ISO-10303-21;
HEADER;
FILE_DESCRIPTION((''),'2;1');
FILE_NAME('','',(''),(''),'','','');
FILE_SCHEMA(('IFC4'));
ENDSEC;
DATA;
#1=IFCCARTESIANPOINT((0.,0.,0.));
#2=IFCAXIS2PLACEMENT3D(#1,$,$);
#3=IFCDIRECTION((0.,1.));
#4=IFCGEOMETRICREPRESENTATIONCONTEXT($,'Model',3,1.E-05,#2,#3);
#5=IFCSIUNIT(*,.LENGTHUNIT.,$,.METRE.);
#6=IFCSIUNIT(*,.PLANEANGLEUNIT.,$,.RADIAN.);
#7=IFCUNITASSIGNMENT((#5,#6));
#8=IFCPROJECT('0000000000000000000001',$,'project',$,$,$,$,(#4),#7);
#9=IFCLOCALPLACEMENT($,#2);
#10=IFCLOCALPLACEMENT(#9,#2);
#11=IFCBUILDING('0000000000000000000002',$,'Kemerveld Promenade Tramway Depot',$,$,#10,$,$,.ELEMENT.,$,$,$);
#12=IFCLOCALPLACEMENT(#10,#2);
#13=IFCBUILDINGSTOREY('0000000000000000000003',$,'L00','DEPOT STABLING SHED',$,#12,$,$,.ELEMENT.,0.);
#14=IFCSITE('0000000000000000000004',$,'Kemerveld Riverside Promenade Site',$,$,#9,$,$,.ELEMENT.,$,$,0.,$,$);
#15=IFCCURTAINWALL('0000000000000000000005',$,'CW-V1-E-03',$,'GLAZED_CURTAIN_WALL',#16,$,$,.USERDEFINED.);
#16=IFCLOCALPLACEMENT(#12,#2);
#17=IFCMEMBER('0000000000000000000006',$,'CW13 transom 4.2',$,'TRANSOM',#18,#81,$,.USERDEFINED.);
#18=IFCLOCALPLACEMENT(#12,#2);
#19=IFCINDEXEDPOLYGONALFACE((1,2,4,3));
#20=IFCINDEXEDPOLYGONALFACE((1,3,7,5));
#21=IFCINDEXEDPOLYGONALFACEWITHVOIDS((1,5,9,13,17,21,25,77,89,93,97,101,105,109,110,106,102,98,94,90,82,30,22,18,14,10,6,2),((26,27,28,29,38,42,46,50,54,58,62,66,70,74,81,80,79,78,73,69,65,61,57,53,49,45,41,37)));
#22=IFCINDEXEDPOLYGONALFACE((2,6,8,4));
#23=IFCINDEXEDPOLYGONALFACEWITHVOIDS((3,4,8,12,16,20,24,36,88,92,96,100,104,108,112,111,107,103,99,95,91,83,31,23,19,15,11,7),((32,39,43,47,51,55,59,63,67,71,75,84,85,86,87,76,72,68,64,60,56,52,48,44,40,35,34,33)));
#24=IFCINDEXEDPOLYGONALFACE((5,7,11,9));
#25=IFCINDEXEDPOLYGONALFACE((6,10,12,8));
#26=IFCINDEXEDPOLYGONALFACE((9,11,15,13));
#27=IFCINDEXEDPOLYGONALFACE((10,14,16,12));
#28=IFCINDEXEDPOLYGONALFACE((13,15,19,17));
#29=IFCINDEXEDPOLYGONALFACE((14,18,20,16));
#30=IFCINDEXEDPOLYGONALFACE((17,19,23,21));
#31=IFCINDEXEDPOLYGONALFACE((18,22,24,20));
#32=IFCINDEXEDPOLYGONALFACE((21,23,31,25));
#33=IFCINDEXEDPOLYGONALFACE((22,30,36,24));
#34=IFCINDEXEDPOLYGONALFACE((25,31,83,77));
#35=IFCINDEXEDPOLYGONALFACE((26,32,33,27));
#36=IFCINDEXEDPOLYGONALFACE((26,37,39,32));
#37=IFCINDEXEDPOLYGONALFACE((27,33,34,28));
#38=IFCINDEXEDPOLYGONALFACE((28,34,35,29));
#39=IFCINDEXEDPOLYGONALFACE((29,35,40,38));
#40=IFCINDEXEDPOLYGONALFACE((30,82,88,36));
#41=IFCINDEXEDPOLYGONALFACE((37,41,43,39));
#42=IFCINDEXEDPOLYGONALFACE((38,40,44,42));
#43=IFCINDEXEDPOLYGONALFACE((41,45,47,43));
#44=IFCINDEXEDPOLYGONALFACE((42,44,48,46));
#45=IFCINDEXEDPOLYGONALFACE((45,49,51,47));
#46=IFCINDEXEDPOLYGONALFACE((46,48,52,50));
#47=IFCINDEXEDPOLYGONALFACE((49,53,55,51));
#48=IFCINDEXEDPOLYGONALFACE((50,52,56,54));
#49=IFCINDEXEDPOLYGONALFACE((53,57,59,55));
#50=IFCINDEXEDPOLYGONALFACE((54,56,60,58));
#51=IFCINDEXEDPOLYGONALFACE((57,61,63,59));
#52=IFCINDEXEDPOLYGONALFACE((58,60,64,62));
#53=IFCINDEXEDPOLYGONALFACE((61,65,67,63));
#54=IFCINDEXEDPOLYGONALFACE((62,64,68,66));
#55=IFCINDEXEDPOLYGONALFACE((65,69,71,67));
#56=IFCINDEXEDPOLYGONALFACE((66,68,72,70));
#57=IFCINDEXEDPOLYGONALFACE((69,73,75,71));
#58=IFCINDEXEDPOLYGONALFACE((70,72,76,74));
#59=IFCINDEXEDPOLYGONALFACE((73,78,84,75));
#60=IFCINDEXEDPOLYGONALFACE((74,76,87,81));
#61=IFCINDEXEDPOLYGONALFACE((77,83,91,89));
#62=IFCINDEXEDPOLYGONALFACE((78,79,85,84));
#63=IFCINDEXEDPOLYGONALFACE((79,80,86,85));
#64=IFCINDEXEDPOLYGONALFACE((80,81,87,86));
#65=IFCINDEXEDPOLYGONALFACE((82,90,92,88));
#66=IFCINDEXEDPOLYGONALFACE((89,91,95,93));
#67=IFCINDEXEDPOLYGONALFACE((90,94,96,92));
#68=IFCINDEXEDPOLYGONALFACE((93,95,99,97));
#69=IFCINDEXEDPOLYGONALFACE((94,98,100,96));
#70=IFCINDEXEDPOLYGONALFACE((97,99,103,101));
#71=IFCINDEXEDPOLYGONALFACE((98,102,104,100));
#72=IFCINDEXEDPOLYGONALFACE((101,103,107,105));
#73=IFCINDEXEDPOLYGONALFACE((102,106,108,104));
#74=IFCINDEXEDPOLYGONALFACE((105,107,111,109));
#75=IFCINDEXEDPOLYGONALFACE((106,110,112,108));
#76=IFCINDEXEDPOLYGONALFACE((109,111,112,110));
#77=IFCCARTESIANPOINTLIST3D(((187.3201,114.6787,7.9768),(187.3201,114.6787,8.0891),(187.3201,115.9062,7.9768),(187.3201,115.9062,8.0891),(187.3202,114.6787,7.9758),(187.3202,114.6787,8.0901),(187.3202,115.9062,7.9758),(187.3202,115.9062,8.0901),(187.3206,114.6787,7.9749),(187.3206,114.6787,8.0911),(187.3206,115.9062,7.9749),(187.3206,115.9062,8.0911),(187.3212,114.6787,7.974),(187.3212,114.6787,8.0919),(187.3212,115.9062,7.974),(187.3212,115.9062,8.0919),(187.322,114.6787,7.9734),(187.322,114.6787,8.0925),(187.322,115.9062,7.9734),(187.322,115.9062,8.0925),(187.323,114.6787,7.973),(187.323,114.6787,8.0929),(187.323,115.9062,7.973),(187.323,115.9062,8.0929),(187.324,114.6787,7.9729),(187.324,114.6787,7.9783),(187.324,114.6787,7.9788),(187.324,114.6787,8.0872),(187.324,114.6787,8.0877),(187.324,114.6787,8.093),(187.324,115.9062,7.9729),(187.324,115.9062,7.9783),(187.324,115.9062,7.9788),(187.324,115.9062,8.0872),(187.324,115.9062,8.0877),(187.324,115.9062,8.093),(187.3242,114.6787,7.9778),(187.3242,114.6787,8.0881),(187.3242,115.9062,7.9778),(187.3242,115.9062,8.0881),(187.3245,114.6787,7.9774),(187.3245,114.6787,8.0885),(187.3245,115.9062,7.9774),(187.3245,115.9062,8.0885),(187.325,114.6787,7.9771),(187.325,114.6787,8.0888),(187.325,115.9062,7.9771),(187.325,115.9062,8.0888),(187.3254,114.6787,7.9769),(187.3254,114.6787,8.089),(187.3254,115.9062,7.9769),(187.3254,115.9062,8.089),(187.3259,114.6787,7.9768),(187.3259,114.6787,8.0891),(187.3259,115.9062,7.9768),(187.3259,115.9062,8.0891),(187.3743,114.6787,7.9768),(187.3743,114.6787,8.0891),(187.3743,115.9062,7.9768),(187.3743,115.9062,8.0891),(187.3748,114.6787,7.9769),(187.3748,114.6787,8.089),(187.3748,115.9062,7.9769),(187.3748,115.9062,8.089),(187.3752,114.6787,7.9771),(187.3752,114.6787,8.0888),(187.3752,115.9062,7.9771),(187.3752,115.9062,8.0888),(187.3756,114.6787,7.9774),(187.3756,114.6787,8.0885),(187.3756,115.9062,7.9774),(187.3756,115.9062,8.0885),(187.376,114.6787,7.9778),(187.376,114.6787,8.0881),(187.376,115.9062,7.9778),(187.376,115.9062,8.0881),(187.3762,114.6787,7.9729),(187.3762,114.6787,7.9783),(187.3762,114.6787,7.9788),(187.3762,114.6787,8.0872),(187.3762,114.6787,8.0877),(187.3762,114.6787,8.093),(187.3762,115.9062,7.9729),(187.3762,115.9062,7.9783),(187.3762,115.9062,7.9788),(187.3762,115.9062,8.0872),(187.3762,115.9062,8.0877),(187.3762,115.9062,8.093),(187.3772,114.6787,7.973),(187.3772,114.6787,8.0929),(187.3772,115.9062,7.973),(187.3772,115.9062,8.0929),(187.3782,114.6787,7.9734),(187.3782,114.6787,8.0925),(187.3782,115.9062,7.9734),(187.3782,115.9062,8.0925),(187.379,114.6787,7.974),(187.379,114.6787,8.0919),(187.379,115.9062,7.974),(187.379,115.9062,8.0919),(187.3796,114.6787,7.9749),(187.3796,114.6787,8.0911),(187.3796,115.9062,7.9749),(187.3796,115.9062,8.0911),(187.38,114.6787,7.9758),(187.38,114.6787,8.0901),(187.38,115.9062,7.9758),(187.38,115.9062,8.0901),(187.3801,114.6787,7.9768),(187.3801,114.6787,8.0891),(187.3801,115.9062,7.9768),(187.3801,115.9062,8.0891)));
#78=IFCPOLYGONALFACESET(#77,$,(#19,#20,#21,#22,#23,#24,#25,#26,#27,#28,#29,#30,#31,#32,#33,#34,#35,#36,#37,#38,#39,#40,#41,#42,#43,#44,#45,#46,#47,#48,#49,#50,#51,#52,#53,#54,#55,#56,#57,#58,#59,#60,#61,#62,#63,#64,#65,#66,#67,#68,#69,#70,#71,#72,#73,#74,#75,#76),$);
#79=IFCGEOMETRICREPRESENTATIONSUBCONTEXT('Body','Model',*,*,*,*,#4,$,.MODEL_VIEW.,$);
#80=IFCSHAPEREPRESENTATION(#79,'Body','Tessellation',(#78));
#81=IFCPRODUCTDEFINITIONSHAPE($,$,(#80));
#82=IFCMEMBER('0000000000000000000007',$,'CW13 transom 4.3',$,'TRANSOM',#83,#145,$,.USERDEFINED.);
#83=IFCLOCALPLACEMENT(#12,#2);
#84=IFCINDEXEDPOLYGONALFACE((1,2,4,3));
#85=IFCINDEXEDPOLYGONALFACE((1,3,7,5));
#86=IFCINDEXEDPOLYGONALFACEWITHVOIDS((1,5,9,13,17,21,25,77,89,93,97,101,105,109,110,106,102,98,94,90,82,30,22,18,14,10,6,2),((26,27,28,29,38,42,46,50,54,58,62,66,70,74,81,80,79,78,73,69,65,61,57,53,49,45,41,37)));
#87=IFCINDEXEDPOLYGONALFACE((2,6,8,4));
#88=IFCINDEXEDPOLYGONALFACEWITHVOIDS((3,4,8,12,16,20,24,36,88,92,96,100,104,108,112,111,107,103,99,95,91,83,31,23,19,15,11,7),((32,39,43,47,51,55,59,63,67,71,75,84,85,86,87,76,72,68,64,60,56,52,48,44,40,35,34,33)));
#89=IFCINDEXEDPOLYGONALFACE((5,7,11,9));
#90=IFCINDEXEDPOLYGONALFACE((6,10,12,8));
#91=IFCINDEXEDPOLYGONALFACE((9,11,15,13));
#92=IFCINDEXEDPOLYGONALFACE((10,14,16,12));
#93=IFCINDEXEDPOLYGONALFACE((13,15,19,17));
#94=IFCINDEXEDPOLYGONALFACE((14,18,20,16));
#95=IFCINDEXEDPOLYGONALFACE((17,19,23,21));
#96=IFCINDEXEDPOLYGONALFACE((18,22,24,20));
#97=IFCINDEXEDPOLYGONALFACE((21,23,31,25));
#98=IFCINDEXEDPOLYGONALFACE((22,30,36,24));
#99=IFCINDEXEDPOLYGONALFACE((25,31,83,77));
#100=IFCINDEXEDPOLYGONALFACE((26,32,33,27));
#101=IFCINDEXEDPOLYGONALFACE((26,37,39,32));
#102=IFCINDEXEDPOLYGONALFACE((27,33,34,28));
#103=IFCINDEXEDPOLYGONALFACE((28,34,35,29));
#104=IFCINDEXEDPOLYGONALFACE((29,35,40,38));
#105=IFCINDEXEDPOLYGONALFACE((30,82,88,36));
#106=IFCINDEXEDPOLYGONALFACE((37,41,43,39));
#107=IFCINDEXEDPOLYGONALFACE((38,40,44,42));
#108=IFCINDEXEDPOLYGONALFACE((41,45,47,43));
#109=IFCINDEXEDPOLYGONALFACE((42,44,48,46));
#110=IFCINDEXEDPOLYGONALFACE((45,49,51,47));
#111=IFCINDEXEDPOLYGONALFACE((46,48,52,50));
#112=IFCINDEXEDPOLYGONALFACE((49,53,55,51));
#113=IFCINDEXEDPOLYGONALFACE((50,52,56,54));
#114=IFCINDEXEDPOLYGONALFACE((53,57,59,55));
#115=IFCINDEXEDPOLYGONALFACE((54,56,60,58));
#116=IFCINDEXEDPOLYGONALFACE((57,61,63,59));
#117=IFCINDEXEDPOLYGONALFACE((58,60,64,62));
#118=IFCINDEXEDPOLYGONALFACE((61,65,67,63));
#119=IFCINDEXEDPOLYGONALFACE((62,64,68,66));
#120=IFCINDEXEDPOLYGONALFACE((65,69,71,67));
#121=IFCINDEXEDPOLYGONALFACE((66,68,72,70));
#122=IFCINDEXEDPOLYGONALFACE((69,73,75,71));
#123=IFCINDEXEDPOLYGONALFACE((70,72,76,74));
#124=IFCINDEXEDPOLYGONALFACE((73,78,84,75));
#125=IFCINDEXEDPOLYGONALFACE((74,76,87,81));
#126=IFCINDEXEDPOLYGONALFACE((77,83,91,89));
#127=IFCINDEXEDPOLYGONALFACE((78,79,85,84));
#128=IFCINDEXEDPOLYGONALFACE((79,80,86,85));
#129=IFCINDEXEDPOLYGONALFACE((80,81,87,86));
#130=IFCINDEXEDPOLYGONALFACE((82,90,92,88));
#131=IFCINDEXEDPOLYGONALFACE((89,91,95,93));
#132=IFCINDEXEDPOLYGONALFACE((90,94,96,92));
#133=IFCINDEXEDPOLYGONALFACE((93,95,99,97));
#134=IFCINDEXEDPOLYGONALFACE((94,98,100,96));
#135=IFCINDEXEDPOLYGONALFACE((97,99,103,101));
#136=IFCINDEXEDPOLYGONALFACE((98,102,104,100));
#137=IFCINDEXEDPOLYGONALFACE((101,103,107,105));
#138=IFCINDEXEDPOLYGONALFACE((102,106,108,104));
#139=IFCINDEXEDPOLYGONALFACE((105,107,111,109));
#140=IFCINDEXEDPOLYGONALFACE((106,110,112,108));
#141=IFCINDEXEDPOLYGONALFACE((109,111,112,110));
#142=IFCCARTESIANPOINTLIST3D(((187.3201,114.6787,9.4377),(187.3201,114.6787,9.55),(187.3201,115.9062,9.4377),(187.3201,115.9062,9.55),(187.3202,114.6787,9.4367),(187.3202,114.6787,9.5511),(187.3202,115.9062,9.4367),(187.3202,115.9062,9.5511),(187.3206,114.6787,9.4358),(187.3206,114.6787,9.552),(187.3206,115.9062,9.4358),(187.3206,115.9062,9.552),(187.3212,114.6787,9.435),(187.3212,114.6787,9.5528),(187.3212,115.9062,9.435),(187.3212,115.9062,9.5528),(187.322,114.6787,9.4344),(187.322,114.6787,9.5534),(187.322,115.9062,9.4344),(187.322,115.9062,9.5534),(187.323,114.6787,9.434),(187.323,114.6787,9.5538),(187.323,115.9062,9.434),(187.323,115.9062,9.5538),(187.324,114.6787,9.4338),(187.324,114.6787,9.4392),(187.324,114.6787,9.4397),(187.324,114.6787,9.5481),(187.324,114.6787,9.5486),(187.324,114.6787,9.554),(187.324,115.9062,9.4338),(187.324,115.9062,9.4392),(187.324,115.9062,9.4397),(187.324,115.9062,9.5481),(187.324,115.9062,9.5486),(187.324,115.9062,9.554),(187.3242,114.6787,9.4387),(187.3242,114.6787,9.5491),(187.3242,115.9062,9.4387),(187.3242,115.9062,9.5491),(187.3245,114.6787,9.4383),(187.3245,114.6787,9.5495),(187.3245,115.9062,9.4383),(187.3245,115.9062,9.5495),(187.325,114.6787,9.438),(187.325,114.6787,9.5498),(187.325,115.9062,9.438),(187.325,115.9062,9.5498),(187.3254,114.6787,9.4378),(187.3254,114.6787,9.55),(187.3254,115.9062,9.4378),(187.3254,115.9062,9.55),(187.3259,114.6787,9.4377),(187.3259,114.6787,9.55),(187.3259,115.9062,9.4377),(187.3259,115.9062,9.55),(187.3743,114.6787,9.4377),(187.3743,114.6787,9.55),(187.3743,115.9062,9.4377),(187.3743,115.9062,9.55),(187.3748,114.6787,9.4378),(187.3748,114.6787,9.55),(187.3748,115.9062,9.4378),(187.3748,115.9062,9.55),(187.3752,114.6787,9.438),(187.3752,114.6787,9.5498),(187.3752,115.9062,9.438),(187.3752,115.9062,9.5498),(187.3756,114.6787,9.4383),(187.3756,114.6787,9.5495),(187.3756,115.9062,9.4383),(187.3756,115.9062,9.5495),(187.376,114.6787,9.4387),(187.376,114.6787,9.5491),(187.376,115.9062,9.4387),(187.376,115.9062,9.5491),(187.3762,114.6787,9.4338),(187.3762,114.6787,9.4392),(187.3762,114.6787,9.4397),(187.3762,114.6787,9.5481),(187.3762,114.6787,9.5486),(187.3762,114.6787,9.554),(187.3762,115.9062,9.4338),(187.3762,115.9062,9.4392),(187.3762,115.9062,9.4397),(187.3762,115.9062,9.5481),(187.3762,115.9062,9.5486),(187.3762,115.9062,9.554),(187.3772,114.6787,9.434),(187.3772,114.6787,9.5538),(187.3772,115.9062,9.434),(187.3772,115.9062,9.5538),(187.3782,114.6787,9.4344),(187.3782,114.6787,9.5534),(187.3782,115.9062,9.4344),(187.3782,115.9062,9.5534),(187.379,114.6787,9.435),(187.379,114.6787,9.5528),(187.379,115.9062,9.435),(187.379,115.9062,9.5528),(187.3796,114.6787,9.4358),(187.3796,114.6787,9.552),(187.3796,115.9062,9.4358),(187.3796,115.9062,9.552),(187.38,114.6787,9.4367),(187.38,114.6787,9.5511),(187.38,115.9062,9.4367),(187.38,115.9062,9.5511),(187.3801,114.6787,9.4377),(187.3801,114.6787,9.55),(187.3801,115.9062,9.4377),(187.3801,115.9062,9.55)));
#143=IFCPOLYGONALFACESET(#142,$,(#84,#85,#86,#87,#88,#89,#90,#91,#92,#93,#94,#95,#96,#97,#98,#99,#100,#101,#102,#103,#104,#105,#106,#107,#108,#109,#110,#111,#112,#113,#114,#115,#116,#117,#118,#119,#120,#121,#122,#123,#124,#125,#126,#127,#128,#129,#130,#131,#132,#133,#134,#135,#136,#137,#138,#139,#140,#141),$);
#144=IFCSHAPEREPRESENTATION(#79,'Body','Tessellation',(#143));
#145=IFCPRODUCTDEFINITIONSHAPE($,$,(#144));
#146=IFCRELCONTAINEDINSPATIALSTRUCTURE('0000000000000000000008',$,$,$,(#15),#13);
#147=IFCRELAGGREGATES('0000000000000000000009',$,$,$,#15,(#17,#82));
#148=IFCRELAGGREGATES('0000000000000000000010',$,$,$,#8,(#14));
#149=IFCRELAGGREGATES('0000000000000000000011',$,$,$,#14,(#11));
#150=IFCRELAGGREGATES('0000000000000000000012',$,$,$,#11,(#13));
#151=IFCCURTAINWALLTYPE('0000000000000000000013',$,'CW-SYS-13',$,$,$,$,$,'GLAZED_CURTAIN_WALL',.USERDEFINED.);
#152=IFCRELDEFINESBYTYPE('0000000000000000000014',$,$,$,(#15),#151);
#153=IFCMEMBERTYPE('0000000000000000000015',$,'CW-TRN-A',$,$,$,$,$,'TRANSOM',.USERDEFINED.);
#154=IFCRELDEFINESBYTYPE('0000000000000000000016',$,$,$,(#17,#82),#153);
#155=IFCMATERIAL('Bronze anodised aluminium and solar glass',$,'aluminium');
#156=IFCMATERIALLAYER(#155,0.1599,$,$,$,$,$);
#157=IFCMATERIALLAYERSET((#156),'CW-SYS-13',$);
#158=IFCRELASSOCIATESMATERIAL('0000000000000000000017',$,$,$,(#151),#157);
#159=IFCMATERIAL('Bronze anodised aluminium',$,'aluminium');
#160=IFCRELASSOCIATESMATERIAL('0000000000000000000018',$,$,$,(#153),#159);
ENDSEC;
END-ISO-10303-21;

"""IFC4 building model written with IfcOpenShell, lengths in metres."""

from ifc_helpers import new_model, si_unit, direction, frame, origin, origin_2d, place, context, subcontext, project, spatial, hollow_rectangle, extrude, material, layer, layer_set, material_profile, profile_set, type_object, element, aggregate, save


model = new_model("IFC4")

# Units and contexts
model_context = context("Model", 3, precision=1e-05, world=origin(), true_north=direction((0.0, 1.0)))
body_context = subcontext(model_context, "Body", "Model", "MODEL_VIEW")
ifc_project = project(units=[si_unit("LENGTHUNIT", "METRE"), si_unit("PLANEANGLEUNIT", "RADIAN")], contexts=[model_context])

# Site, building, storey
site_placement = place(None, origin())
site = spatial("IfcSite", under=ifc_project, at=site_placement, Name="Kemerveld Riverside Promenade Site", CompositionType="ELEMENT", RefElevation=0.0)
building_placement = place(site_placement, origin())
building = spatial("IfcBuilding", under=site, at=building_placement, Name="Kemerveld Promenade Tramway Depot", CompositionType="ELEMENT")
storey_placement = place(building_placement, origin())
storey = spatial("IfcBuildingStorey", under=building, at=storey_placement, Name="L00", Description="DEPOT STABLING SHED", CompositionType="ELEMENT", Elevation=0.0)

# Curtain wall, members
ifc_material_1 = material(Name="Bronze anodised aluminium and solar glass", Category="aluminium")
ifc_layer_1 = layer(ifc_material_1, 0.1599)
ifc_layer_set_1 = layer_set([ifc_layer_1], Name="CW-SYS-13")
curtain_wall_type = type_object("IfcCurtainWallType", Name="CW-SYS-13", ElementType="GLAZED_CURTAIN_WALL", PredefinedType="USERDEFINED", material=ifc_layer_set_1)
curtain_wall_placement = place(storey_placement, origin())
curtain_wall = element("IfcCurtainWall", 1, at=curtain_wall_placement, inside=storey, type_object=curtain_wall_type, Name="CW-V1-E-03", ObjectType="GLAZED_CURTAIN_WALL", PredefinedType="USERDEFINED")
ifc_material_2 = material(Name="Bronze anodised aluminium", Category="aluminium")
ifc_material_profile_1 = material_profile(ifc_material_2, hollow_rectangle(XDim=0.0601, YDim=0.1201, WallThickness=0.0039, InnerFilletRadius=0.002, OuterFilletRadius=0.0039, at=origin_2d()), Name="CW-TRN-120x60")
ifc_profile_set_1 = profile_set([ifc_material_profile_1], Name="Bronze anodised aluminium")
member_type_1 = type_object("IfcMemberType", Name="CW-TRN-A", ElementType="TRANSOM", PredefinedType="USERDEFINED", material=ifc_profile_set_1)
member_1_placement = place(storey_placement, frame((187.3501, 115.9062, 8.033), z_axis=(0.0, -1.0, 0.0), x_axis=(1.0, 0.0, 0.0)))
member_1 = element("IfcMember", 2, at=member_1_placement, type_object=member_type_1, Name="CW13 transom 4.2", ObjectType="TRANSOM", PredefinedType="USERDEFINED", context=body_context, shape_type="SweptSolid", body=[
    extrude(hollow_rectangle(XDim=0.0601, YDim=0.1201, WallThickness=0.0039, InnerFilletRadius=0.002, OuterFilletRadius=0.0039, at=origin_2d()), origin(), (0.0, 0.0, 1.0), 1.2275),
])
member_2_placement = place(storey_placement, frame((187.3501, 115.9062, 9.4939), z_axis=(0.0, -1.0, 0.0), x_axis=(1.0, 0.0, 0.0)))
member_2 = element("IfcMember", 3, at=member_2_placement, type_object=member_type_1, Name="CW13 transom 4.3", ObjectType="TRANSOM", PredefinedType="USERDEFINED", context=body_context, shape_type="SweptSolid", body=[
    extrude(hollow_rectangle(XDim=0.0601, YDim=0.1201, WallThickness=0.0039, InnerFilletRadius=0.002, OuterFilletRadius=0.0039, at=origin_2d()), origin(), (0.0, 0.0, 1.0), 1.2275),
])
aggregate(curtain_wall, [member_1, member_2])

save(model, "model.ifc")
